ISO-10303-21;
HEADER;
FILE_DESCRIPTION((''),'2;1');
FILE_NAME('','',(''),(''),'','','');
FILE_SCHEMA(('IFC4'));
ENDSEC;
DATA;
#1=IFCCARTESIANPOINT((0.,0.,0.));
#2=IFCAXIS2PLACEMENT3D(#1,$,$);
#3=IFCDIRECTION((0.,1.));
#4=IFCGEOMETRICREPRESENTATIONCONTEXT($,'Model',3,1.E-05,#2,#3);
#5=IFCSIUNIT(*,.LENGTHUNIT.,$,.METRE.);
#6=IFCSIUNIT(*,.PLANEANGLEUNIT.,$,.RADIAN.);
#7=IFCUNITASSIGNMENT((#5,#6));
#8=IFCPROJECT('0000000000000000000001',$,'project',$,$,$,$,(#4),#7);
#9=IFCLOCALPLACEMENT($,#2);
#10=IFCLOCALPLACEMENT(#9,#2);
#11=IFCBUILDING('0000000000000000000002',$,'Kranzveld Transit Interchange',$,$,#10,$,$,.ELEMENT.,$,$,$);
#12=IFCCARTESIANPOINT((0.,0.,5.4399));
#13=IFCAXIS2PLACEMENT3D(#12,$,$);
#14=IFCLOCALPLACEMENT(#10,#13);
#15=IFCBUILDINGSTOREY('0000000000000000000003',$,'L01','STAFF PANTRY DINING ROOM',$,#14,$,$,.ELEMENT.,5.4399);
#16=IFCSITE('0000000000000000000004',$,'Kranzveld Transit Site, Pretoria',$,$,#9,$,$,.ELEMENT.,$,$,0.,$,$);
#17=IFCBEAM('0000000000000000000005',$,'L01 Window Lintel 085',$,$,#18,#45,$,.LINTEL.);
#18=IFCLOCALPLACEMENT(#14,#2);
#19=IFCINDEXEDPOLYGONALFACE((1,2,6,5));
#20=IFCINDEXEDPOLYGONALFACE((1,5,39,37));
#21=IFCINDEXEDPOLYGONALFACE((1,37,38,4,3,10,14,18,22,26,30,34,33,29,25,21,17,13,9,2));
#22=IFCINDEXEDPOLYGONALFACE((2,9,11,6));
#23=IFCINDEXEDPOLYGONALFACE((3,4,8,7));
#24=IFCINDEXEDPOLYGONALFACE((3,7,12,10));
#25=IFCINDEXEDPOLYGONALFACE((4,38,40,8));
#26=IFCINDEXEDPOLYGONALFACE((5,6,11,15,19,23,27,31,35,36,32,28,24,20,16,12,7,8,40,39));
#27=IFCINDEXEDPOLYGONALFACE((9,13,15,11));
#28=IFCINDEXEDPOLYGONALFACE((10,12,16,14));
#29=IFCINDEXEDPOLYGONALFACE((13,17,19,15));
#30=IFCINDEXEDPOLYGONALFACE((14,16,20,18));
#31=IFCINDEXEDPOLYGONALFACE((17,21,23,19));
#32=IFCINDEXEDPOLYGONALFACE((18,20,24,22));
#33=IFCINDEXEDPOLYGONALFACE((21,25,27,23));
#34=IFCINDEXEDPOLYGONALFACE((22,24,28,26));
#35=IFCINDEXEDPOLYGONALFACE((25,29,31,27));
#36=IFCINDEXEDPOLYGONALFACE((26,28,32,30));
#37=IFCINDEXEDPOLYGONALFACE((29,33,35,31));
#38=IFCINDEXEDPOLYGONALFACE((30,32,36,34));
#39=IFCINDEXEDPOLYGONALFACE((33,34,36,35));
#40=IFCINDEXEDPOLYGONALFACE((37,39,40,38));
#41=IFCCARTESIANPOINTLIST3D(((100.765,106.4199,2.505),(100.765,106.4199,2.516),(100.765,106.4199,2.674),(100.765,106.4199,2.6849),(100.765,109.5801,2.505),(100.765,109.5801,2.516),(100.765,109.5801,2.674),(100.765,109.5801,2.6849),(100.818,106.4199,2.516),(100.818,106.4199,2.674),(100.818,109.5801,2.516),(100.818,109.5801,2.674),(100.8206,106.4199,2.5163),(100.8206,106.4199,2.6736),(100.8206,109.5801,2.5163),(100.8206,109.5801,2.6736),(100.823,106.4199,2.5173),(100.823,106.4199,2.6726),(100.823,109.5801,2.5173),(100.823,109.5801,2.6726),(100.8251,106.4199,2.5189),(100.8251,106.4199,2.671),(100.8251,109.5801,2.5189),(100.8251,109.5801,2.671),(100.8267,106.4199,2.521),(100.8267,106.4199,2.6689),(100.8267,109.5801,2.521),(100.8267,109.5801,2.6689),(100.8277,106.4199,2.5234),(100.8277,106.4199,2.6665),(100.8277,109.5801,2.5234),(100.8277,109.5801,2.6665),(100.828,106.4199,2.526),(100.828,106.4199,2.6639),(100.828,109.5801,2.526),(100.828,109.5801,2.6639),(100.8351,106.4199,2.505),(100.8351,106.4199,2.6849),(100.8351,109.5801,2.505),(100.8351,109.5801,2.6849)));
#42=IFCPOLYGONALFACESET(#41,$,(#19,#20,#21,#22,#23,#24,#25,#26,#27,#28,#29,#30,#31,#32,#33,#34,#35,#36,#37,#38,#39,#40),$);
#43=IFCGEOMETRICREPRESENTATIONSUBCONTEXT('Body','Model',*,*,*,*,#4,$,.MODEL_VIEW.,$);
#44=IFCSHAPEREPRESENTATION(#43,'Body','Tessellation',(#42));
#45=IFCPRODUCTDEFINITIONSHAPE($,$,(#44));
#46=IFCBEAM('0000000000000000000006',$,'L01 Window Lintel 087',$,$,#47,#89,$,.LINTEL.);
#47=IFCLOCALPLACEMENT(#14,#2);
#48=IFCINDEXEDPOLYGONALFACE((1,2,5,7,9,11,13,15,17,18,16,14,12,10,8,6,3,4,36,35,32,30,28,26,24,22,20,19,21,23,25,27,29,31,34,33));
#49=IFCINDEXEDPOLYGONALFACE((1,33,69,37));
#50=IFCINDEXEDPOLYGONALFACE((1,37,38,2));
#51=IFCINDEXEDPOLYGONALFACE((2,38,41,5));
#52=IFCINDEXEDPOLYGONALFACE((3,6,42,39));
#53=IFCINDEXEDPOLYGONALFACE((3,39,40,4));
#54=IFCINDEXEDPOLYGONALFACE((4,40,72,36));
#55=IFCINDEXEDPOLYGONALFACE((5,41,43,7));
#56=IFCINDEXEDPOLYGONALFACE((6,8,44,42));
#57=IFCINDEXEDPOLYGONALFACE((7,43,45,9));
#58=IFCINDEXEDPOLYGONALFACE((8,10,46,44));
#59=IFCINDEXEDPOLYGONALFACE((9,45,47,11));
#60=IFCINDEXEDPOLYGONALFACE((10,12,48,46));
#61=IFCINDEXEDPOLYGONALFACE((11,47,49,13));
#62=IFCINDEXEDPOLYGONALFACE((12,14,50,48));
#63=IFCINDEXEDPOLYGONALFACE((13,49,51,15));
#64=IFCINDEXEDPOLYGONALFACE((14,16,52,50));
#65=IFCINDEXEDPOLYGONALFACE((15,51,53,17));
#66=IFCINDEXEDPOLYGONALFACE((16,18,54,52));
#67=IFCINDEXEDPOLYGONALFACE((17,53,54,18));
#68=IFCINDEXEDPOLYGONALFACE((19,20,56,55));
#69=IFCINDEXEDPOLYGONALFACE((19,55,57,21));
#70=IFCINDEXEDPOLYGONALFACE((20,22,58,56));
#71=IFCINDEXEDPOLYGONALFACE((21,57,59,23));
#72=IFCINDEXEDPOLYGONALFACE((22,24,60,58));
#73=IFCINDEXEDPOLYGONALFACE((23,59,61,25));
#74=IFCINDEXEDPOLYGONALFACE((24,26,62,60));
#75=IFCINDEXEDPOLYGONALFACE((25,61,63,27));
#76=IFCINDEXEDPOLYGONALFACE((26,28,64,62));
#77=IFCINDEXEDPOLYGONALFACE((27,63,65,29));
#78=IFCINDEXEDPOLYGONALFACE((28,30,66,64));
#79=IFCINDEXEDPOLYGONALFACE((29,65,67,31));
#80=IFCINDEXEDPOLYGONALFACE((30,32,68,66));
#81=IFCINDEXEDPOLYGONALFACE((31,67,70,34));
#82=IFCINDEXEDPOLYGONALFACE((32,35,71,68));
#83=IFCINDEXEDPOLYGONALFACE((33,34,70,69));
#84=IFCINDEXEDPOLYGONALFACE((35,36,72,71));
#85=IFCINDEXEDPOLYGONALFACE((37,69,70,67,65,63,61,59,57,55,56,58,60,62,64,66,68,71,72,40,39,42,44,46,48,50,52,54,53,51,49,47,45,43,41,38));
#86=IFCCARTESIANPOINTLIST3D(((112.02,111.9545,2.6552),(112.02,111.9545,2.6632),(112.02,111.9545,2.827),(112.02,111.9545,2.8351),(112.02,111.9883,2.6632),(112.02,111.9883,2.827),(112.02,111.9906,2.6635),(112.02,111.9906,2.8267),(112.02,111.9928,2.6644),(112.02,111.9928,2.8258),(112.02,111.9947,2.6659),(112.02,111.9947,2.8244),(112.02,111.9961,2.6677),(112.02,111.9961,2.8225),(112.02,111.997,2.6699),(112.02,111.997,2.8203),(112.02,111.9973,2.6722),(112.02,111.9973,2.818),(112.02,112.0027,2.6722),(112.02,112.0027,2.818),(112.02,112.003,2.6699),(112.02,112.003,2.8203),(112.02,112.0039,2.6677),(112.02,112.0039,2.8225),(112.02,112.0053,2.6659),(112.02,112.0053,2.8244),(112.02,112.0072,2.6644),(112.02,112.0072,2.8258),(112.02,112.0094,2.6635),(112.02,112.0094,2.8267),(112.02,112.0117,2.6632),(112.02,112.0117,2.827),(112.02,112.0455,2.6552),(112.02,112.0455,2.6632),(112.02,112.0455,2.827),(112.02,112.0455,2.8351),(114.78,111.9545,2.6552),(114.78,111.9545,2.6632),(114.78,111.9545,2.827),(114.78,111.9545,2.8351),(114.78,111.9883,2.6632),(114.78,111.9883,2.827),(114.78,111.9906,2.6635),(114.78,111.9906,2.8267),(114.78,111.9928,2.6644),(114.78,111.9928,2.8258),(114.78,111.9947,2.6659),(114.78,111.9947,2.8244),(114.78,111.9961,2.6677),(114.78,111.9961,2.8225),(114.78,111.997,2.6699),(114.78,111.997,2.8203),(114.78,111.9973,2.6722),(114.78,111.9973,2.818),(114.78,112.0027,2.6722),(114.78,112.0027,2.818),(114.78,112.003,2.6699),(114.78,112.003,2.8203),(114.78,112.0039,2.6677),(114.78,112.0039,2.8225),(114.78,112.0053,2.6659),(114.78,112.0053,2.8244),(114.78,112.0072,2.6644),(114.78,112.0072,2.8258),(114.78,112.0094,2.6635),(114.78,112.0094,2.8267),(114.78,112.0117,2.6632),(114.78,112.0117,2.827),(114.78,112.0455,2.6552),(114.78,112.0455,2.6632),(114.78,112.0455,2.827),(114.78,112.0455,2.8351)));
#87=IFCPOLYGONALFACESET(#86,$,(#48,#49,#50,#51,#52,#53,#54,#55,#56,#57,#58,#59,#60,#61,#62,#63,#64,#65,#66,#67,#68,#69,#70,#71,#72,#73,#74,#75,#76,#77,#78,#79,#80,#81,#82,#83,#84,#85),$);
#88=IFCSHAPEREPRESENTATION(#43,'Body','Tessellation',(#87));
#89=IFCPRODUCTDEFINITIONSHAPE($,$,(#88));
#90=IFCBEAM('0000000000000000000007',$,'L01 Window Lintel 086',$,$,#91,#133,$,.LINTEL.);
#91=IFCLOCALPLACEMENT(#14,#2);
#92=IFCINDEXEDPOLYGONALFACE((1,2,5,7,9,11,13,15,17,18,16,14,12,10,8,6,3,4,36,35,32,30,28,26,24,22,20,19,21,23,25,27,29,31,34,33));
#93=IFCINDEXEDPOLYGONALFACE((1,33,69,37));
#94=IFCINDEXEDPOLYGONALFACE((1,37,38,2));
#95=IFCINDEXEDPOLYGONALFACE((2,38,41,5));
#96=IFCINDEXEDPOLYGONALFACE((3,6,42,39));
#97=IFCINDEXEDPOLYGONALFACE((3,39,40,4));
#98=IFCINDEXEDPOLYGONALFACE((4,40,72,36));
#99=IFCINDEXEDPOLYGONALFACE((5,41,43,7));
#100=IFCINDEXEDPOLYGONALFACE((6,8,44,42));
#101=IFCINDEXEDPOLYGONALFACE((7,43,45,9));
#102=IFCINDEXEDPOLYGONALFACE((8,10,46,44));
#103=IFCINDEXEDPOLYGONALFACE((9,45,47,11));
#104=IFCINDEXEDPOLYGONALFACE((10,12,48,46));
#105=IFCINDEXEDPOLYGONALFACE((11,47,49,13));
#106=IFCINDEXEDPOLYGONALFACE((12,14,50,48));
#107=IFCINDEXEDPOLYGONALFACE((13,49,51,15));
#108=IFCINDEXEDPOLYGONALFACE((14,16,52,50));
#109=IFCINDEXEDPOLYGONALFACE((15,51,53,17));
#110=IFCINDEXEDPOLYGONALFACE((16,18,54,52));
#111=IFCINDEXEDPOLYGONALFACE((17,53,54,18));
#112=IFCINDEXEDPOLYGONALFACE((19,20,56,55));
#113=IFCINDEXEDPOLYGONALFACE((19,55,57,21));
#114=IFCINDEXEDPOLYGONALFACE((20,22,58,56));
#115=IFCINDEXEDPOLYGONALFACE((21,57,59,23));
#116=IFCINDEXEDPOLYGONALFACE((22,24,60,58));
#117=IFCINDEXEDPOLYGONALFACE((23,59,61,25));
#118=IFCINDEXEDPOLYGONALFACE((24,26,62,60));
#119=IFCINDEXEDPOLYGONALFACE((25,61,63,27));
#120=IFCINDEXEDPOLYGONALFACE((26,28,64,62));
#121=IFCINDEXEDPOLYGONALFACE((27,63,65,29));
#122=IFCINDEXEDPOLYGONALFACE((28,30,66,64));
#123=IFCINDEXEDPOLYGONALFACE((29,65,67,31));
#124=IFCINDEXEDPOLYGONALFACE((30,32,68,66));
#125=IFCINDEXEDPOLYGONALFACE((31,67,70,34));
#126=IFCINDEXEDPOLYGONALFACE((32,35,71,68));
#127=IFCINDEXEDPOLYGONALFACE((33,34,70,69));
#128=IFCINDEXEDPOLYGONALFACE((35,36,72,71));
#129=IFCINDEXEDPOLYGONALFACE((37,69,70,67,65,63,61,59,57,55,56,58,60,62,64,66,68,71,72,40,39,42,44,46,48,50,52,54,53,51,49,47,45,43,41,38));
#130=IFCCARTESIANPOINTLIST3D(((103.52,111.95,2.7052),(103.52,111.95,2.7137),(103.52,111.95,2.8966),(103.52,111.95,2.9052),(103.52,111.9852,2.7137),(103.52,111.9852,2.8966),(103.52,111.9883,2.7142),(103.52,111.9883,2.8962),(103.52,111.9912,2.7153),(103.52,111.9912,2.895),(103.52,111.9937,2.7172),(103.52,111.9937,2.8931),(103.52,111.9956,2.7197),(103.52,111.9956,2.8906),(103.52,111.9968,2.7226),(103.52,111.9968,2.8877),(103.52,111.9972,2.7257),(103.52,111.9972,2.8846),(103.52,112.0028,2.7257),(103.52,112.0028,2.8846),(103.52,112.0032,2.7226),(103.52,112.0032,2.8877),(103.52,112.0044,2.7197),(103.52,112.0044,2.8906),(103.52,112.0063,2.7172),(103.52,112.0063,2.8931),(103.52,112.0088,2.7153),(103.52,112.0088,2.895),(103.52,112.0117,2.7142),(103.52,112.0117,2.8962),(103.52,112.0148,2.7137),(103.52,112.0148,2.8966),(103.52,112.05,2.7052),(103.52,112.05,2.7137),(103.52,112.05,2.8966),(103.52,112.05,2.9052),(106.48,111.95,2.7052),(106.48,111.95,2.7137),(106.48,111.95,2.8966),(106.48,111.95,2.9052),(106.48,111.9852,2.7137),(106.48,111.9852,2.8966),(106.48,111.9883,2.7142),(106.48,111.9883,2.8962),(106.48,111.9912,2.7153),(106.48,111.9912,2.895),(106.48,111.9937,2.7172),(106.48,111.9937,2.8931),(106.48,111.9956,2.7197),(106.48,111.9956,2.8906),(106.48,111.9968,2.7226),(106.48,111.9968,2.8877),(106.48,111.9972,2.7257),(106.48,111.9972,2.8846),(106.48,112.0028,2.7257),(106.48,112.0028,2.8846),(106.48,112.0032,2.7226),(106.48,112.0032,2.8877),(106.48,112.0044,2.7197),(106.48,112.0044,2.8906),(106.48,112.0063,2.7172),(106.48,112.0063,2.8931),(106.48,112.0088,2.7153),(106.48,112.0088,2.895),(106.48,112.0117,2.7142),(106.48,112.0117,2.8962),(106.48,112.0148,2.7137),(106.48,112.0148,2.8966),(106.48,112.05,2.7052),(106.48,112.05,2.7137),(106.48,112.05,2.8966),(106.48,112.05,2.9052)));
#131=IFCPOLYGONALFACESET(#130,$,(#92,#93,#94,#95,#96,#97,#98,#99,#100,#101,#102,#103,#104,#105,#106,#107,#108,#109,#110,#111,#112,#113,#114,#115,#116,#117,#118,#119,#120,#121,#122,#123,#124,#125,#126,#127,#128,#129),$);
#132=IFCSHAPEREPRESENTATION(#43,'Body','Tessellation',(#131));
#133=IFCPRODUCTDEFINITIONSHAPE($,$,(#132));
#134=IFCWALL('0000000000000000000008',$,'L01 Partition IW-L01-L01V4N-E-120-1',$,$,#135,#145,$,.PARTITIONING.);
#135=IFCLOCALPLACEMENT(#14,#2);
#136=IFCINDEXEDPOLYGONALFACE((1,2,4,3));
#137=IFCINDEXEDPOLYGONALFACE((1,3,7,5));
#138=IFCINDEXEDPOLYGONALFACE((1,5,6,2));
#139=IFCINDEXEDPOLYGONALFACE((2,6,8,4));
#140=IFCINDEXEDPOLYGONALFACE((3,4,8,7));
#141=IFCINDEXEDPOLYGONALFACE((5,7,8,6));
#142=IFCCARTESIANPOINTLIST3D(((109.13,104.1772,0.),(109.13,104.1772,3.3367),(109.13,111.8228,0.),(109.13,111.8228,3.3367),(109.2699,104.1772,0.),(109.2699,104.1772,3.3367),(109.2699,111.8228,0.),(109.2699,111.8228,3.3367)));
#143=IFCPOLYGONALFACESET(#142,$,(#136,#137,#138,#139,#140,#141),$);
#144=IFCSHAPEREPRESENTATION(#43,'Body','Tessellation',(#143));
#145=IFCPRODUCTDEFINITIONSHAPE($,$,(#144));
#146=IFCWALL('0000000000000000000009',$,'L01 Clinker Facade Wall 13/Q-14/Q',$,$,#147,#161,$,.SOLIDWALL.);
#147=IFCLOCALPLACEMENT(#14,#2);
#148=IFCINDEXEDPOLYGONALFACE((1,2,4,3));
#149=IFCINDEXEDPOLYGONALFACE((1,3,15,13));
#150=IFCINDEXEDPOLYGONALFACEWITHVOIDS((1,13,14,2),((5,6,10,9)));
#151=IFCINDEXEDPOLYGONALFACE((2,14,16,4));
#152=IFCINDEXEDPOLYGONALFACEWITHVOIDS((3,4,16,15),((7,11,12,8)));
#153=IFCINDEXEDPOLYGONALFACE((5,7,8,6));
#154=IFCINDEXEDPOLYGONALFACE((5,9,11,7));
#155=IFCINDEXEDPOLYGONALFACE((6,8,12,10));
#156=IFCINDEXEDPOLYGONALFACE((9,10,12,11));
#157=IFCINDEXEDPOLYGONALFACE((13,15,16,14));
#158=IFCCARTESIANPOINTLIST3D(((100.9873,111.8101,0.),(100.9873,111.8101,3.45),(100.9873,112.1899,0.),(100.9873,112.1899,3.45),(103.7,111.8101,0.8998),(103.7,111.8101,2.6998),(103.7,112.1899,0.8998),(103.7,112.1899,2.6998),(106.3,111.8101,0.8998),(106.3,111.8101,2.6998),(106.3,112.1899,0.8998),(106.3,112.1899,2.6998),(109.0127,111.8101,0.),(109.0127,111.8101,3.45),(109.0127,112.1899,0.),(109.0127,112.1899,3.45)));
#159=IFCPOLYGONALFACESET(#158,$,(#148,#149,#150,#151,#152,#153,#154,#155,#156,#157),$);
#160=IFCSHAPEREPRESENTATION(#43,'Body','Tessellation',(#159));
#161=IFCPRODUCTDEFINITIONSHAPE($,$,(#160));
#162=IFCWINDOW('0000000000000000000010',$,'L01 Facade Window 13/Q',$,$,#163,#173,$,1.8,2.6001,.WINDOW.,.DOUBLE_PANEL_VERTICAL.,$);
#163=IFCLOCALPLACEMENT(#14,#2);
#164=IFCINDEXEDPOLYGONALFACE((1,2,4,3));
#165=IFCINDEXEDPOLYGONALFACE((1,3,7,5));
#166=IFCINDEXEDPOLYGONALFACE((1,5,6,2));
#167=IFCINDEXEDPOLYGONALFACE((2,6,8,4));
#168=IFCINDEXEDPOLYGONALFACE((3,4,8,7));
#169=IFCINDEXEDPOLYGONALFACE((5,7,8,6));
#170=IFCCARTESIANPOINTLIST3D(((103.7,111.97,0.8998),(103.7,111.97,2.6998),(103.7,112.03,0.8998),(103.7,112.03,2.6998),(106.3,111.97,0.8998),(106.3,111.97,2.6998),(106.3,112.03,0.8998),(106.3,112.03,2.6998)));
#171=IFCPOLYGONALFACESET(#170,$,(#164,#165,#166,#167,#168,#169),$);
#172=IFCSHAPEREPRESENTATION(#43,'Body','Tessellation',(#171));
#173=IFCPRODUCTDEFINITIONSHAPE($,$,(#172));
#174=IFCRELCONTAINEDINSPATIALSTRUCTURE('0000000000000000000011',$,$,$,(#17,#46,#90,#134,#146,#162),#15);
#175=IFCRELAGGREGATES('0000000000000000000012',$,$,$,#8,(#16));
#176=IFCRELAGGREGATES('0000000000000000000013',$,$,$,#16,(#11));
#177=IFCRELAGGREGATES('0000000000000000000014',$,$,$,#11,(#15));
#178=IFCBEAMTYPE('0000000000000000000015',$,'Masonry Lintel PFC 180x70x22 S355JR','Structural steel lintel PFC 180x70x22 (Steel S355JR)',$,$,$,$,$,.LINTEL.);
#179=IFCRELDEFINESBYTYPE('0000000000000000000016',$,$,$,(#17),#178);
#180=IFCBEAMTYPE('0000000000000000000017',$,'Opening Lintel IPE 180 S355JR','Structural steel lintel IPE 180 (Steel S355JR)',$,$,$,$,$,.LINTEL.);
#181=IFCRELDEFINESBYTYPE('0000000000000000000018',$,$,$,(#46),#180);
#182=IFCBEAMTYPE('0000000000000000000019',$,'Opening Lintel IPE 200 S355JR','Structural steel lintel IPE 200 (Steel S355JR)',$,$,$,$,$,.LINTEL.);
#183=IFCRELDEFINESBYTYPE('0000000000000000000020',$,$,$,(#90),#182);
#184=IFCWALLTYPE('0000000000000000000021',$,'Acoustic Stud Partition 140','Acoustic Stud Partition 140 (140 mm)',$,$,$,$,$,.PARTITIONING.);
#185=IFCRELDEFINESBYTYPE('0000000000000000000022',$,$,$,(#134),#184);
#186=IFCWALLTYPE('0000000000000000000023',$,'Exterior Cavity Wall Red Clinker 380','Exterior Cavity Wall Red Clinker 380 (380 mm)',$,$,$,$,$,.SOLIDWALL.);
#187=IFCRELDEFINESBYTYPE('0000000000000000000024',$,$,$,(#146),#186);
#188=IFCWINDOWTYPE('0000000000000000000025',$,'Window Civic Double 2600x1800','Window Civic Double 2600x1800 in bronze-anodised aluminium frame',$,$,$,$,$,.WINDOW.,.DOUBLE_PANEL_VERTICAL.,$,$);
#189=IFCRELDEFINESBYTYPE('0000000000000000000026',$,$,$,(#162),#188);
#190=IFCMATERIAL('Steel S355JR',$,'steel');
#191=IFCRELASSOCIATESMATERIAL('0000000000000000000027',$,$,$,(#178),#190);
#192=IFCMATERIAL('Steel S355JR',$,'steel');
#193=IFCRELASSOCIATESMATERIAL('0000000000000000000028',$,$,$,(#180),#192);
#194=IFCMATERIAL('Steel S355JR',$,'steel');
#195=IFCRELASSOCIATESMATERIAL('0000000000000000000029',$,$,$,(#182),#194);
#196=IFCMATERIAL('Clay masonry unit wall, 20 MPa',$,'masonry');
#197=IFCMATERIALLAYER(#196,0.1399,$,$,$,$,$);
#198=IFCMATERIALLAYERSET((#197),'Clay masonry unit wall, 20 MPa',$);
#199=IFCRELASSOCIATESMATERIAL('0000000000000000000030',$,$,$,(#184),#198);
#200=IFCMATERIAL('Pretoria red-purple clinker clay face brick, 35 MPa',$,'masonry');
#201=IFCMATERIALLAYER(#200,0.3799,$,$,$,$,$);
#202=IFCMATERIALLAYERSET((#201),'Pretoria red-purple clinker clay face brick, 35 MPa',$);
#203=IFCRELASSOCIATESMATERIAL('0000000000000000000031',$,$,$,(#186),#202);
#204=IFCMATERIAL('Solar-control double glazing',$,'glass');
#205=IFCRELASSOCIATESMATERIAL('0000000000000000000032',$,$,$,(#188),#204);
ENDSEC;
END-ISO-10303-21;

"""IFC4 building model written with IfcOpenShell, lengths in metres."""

from ifc_helpers import new_model, si_unit, direction, frame, frame_2d, origin, origin_2d, place, context, subcontext, project, spatial, rectangle, i_section, u_section, extrude, material, layer, layer_set, material_profile, profile_set, type_object, element, fill, save


model = new_model("IFC4")

# Units and contexts
model_context = context("Model", 3, precision=1e-05, world=origin(), true_north=direction((0.0, 1.0)))
body_context = subcontext(model_context, "Body", "Model", "MODEL_VIEW")
ifc_project = project(units=[si_unit("LENGTHUNIT", "METRE"), si_unit("PLANEANGLEUNIT", "RADIAN")], contexts=[model_context])

# Site, building, storey
site_placement = place(None, origin())
site = spatial("IfcSite", under=ifc_project, at=site_placement, Name="Kranzveld Transit Site, Pretoria", CompositionType="ELEMENT", RefElevation=0.0)
building_placement = place(site_placement, origin())
building = spatial("IfcBuilding", under=site, at=building_placement, Name="Kranzveld Transit Interchange", CompositionType="ELEMENT")
storey_placement = place(building_placement, frame((0.0, 0.0, 5.4399)))
storey = spatial("IfcBuildingStorey", under=building, at=storey_placement, Name="L01", Description="STAFF PANTRY DINING ROOM", CompositionType="ELEMENT", Elevation=5.4399)

# Beams
ifc_material_1 = material(Name="Steel S355JR", Category="steel")
ifc_material_profile_1 = material_profile(ifc_material_1, u_section(Depth=0.1799, FlangeWidth=0.0701, WebThickness=0.0071, FlangeThickness=0.011, FilletRadius=0.01, at=origin_2d()), Name="PFC 180x70x22")
ifc_profile_set_1 = profile_set([ifc_material_profile_1], Name="Steel S355JR")
beam_type_1 = type_object("IfcBeamType", Name="Masonry Lintel PFC 180x70x22 S355JR", Description="Structural steel lintel PFC 180x70x22 (Steel S355JR)", PredefinedType="LINTEL", material=ifc_profile_set_1)
beam_1_placement = place(storey_placement, frame((100.8, 106.4199, 2.595), z_axis=(0.0, 1.0, 0.0), x_axis=(-1.0, 0.0, 0.0)))
element("IfcBeam", 1, at=beam_1_placement, inside=storey, type_object=beam_type_1, Name="L01 Window Lintel 085", PredefinedType="LINTEL", context=body_context, shape_type="SweptSolid", body=[
    extrude(u_section(Depth=0.1799, FlangeWidth=0.0701, WebThickness=0.0071, FlangeThickness=0.011, FilletRadius=0.01, at=origin_2d()), origin(), (0.0, 0.0, 1.0), 3.1602),
])
ifc_material_2 = material(Name="Steel S355JR", Category="steel")
ifc_material_profile_2 = material_profile(ifc_material_2, i_section(OverallWidth=0.0911, OverallDepth=0.1799, WebThickness=0.0054, FlangeThickness=0.0081, FilletRadius=0.009, at=origin_2d()), Name="IPE 180")
ifc_profile_set_2 = profile_set([ifc_material_profile_2], Name="Steel S355JR")
beam_type_2 = type_object("IfcBeamType", Name="Opening Lintel IPE 180 S355JR", Description="Structural steel lintel IPE 180 (Steel S355JR)", PredefinedType="LINTEL", material=ifc_profile_set_2)
beam_2_placement = place(storey_placement, frame((112.02, 112.0, 2.7451), z_axis=(1.0, 0.0, 0.0), x_axis=(0.0, 1.0, 0.0)))
element("IfcBeam", 2, at=beam_2_placement, inside=storey, type_object=beam_type_2, Name="L01 Window Lintel 087", PredefinedType="LINTEL", context=body_context, shape_type="SweptSolid", body=[
    extrude(i_section(OverallWidth=0.0911, OverallDepth=0.1799, WebThickness=0.0054, FlangeThickness=0.0081, FilletRadius=0.009, at=origin_2d()), origin(), (0.0, 0.0, 1.0), 2.76),
])
ifc_material_3 = material(Name="Steel S355JR", Category="steel")
ifc_material_profile_3 = material_profile(ifc_material_3, i_section(OverallWidth=0.1001, OverallDepth=0.2, WebThickness=0.0056, FlangeThickness=0.0085, FilletRadius=0.012, at=origin_2d()), Name="IPE 200")
ifc_profile_set_3 = profile_set([ifc_material_profile_3], Name="Steel S355JR")
beam_type_3 = type_object("IfcBeamType", Name="Opening Lintel IPE 200 S355JR", Description="Structural steel lintel IPE 200 (Steel S355JR)", PredefinedType="LINTEL", material=ifc_profile_set_3)
beam_3_placement = place(storey_placement, frame((103.52, 112.0, 2.8052), z_axis=(1.0, 0.0, 0.0), x_axis=(0.0, 1.0, 0.0)))
element("IfcBeam", 3, at=beam_3_placement, inside=storey, type_object=beam_type_3, Name="L01 Window Lintel 086", PredefinedType="LINTEL", context=body_context, shape_type="SweptSolid", body=[
    extrude(i_section(OverallWidth=0.1001, OverallDepth=0.2, WebThickness=0.0056, FlangeThickness=0.0085, FilletRadius=0.012, at=origin_2d()), origin(), (0.0, 0.0, 1.0), 2.96),
])

# Wall
ifc_material_4 = material(Name="Clay masonry unit wall, 20 MPa", Category="masonry")
ifc_layer_1 = layer(ifc_material_4, 0.1399)
ifc_layer_set_1 = layer_set([ifc_layer_1], Name="Clay masonry unit wall, 20 MPa")
wall_type_1 = type_object("IfcWallType", Name="Acoustic Stud Partition 140", Description="Acoustic Stud Partition 140 (140 mm)", PredefinedType="PARTITIONING", material=ifc_layer_set_1)
wall_1_placement = place(storey_placement, frame((109.2, 104.1772, 0.0), z_axis=(0.0, 0.0, 1.0), x_axis=(0.0, 1.0, 0.0)))
element("IfcWall", 4, at=wall_1_placement, inside=storey, type_object=wall_type_1, Name="L01 Partition IW-L01-L01V4N-E-120-1", PredefinedType="PARTITIONING", context=body_context, shape_type="SweptSolid", body=[
    extrude(rectangle(XDim=7.6455, YDim=0.1399, at=frame_2d((3.8228, 0.0))), origin(), (0.0, 0.0, 1.0), 3.3367),
])

# Wall, opening, window
ifc_material_5 = material(Name="Pretoria red-purple clinker clay face brick, 35 MPa", Category="masonry")
ifc_layer_2 = layer(ifc_material_5, 0.3799)
ifc_layer_set_2 = layer_set([ifc_layer_2], Name="Pretoria red-purple clinker clay face brick, 35 MPa")
wall_type_2 = type_object("IfcWallType", Name="Exterior Cavity Wall Red Clinker 380", Description="Exterior Cavity Wall Red Clinker 380 (380 mm)", PredefinedType="SOLIDWALL", material=ifc_layer_set_2)
wall_2_placement = place(storey_placement, frame((100.9873, 112.0, 0.0), z_axis=(0.0, 0.0, 1.0), x_axis=(1.0, 0.0, 0.0)))
wall_2 = element("IfcWall", 5, at=wall_2_placement, inside=storey, type_object=wall_type_2, Name="L01 Clinker Facade Wall 13/Q-14/Q", PredefinedType="SOLIDWALL", context=body_context, shape_type="SweptSolid", body=[
    extrude(rectangle(XDim=8.0254, YDim=0.3799, at=frame_2d((4.0127, 0.0))), origin(), (0.0, 0.0, 1.0), 3.45),
])
opening_1_placement = place(wall_2_placement, frame((2.7126, 0.0, 0.8999), z_axis=(0.0, 0.0, 1.0), x_axis=(1.0, 0.0, 0.0)))
opening_1 = element("IfcOpeningElement", 6, at=opening_1_placement, cuts=wall_2, PredefinedType="OPENING", context=body_context, shape_type="SweptSolid", body=[
    extrude(rectangle(XDim=2.6001, YDim=1.8, at=frame_2d((1.3, 0.8999))), frame((0.0, 0.2, 0.0), z_axis=(0.0, -1.0, 0.0), x_axis=(1.0, 0.0, 0.0)), (0.0, 0.0, 1.0), 0.3999),
])
ifc_material_6 = material(Name="Solar-control double glazing", Category="glass")
window_type_1 = type_object("IfcWindowType", Name="Window Civic Double 2600x1800", Description="Window Civic Double 2600x1800 in bronze-anodised aluminium frame", PartitioningType="DOUBLE_PANEL_VERTICAL", PredefinedType="WINDOW", material=ifc_material_6)
window_1_placement = place(opening_1_placement, origin())
window_1 = element("IfcWindow", 7, at=window_1_placement, inside=storey, type_object=window_type_1, Name="L01 Facade Window 13/Q", OverallHeight=1.8, OverallWidth=2.6001, PartitioningType="DOUBLE_PANEL_VERTICAL", PredefinedType="WINDOW", context=body_context, shape_type="SweptSolid", body=[
    extrude(rectangle(XDim=2.6001, YDim=1.8, at=frame_2d((1.3, 0.8999))), frame((0.0, 0.03, 0.0), z_axis=(0.0, -1.0, 0.0), x_axis=(1.0, 0.0, 0.0)), (0.0, 0.0, 1.0), 0.0601),
])
fill(opening_1, window_1)

save(model, "model.ifc")
